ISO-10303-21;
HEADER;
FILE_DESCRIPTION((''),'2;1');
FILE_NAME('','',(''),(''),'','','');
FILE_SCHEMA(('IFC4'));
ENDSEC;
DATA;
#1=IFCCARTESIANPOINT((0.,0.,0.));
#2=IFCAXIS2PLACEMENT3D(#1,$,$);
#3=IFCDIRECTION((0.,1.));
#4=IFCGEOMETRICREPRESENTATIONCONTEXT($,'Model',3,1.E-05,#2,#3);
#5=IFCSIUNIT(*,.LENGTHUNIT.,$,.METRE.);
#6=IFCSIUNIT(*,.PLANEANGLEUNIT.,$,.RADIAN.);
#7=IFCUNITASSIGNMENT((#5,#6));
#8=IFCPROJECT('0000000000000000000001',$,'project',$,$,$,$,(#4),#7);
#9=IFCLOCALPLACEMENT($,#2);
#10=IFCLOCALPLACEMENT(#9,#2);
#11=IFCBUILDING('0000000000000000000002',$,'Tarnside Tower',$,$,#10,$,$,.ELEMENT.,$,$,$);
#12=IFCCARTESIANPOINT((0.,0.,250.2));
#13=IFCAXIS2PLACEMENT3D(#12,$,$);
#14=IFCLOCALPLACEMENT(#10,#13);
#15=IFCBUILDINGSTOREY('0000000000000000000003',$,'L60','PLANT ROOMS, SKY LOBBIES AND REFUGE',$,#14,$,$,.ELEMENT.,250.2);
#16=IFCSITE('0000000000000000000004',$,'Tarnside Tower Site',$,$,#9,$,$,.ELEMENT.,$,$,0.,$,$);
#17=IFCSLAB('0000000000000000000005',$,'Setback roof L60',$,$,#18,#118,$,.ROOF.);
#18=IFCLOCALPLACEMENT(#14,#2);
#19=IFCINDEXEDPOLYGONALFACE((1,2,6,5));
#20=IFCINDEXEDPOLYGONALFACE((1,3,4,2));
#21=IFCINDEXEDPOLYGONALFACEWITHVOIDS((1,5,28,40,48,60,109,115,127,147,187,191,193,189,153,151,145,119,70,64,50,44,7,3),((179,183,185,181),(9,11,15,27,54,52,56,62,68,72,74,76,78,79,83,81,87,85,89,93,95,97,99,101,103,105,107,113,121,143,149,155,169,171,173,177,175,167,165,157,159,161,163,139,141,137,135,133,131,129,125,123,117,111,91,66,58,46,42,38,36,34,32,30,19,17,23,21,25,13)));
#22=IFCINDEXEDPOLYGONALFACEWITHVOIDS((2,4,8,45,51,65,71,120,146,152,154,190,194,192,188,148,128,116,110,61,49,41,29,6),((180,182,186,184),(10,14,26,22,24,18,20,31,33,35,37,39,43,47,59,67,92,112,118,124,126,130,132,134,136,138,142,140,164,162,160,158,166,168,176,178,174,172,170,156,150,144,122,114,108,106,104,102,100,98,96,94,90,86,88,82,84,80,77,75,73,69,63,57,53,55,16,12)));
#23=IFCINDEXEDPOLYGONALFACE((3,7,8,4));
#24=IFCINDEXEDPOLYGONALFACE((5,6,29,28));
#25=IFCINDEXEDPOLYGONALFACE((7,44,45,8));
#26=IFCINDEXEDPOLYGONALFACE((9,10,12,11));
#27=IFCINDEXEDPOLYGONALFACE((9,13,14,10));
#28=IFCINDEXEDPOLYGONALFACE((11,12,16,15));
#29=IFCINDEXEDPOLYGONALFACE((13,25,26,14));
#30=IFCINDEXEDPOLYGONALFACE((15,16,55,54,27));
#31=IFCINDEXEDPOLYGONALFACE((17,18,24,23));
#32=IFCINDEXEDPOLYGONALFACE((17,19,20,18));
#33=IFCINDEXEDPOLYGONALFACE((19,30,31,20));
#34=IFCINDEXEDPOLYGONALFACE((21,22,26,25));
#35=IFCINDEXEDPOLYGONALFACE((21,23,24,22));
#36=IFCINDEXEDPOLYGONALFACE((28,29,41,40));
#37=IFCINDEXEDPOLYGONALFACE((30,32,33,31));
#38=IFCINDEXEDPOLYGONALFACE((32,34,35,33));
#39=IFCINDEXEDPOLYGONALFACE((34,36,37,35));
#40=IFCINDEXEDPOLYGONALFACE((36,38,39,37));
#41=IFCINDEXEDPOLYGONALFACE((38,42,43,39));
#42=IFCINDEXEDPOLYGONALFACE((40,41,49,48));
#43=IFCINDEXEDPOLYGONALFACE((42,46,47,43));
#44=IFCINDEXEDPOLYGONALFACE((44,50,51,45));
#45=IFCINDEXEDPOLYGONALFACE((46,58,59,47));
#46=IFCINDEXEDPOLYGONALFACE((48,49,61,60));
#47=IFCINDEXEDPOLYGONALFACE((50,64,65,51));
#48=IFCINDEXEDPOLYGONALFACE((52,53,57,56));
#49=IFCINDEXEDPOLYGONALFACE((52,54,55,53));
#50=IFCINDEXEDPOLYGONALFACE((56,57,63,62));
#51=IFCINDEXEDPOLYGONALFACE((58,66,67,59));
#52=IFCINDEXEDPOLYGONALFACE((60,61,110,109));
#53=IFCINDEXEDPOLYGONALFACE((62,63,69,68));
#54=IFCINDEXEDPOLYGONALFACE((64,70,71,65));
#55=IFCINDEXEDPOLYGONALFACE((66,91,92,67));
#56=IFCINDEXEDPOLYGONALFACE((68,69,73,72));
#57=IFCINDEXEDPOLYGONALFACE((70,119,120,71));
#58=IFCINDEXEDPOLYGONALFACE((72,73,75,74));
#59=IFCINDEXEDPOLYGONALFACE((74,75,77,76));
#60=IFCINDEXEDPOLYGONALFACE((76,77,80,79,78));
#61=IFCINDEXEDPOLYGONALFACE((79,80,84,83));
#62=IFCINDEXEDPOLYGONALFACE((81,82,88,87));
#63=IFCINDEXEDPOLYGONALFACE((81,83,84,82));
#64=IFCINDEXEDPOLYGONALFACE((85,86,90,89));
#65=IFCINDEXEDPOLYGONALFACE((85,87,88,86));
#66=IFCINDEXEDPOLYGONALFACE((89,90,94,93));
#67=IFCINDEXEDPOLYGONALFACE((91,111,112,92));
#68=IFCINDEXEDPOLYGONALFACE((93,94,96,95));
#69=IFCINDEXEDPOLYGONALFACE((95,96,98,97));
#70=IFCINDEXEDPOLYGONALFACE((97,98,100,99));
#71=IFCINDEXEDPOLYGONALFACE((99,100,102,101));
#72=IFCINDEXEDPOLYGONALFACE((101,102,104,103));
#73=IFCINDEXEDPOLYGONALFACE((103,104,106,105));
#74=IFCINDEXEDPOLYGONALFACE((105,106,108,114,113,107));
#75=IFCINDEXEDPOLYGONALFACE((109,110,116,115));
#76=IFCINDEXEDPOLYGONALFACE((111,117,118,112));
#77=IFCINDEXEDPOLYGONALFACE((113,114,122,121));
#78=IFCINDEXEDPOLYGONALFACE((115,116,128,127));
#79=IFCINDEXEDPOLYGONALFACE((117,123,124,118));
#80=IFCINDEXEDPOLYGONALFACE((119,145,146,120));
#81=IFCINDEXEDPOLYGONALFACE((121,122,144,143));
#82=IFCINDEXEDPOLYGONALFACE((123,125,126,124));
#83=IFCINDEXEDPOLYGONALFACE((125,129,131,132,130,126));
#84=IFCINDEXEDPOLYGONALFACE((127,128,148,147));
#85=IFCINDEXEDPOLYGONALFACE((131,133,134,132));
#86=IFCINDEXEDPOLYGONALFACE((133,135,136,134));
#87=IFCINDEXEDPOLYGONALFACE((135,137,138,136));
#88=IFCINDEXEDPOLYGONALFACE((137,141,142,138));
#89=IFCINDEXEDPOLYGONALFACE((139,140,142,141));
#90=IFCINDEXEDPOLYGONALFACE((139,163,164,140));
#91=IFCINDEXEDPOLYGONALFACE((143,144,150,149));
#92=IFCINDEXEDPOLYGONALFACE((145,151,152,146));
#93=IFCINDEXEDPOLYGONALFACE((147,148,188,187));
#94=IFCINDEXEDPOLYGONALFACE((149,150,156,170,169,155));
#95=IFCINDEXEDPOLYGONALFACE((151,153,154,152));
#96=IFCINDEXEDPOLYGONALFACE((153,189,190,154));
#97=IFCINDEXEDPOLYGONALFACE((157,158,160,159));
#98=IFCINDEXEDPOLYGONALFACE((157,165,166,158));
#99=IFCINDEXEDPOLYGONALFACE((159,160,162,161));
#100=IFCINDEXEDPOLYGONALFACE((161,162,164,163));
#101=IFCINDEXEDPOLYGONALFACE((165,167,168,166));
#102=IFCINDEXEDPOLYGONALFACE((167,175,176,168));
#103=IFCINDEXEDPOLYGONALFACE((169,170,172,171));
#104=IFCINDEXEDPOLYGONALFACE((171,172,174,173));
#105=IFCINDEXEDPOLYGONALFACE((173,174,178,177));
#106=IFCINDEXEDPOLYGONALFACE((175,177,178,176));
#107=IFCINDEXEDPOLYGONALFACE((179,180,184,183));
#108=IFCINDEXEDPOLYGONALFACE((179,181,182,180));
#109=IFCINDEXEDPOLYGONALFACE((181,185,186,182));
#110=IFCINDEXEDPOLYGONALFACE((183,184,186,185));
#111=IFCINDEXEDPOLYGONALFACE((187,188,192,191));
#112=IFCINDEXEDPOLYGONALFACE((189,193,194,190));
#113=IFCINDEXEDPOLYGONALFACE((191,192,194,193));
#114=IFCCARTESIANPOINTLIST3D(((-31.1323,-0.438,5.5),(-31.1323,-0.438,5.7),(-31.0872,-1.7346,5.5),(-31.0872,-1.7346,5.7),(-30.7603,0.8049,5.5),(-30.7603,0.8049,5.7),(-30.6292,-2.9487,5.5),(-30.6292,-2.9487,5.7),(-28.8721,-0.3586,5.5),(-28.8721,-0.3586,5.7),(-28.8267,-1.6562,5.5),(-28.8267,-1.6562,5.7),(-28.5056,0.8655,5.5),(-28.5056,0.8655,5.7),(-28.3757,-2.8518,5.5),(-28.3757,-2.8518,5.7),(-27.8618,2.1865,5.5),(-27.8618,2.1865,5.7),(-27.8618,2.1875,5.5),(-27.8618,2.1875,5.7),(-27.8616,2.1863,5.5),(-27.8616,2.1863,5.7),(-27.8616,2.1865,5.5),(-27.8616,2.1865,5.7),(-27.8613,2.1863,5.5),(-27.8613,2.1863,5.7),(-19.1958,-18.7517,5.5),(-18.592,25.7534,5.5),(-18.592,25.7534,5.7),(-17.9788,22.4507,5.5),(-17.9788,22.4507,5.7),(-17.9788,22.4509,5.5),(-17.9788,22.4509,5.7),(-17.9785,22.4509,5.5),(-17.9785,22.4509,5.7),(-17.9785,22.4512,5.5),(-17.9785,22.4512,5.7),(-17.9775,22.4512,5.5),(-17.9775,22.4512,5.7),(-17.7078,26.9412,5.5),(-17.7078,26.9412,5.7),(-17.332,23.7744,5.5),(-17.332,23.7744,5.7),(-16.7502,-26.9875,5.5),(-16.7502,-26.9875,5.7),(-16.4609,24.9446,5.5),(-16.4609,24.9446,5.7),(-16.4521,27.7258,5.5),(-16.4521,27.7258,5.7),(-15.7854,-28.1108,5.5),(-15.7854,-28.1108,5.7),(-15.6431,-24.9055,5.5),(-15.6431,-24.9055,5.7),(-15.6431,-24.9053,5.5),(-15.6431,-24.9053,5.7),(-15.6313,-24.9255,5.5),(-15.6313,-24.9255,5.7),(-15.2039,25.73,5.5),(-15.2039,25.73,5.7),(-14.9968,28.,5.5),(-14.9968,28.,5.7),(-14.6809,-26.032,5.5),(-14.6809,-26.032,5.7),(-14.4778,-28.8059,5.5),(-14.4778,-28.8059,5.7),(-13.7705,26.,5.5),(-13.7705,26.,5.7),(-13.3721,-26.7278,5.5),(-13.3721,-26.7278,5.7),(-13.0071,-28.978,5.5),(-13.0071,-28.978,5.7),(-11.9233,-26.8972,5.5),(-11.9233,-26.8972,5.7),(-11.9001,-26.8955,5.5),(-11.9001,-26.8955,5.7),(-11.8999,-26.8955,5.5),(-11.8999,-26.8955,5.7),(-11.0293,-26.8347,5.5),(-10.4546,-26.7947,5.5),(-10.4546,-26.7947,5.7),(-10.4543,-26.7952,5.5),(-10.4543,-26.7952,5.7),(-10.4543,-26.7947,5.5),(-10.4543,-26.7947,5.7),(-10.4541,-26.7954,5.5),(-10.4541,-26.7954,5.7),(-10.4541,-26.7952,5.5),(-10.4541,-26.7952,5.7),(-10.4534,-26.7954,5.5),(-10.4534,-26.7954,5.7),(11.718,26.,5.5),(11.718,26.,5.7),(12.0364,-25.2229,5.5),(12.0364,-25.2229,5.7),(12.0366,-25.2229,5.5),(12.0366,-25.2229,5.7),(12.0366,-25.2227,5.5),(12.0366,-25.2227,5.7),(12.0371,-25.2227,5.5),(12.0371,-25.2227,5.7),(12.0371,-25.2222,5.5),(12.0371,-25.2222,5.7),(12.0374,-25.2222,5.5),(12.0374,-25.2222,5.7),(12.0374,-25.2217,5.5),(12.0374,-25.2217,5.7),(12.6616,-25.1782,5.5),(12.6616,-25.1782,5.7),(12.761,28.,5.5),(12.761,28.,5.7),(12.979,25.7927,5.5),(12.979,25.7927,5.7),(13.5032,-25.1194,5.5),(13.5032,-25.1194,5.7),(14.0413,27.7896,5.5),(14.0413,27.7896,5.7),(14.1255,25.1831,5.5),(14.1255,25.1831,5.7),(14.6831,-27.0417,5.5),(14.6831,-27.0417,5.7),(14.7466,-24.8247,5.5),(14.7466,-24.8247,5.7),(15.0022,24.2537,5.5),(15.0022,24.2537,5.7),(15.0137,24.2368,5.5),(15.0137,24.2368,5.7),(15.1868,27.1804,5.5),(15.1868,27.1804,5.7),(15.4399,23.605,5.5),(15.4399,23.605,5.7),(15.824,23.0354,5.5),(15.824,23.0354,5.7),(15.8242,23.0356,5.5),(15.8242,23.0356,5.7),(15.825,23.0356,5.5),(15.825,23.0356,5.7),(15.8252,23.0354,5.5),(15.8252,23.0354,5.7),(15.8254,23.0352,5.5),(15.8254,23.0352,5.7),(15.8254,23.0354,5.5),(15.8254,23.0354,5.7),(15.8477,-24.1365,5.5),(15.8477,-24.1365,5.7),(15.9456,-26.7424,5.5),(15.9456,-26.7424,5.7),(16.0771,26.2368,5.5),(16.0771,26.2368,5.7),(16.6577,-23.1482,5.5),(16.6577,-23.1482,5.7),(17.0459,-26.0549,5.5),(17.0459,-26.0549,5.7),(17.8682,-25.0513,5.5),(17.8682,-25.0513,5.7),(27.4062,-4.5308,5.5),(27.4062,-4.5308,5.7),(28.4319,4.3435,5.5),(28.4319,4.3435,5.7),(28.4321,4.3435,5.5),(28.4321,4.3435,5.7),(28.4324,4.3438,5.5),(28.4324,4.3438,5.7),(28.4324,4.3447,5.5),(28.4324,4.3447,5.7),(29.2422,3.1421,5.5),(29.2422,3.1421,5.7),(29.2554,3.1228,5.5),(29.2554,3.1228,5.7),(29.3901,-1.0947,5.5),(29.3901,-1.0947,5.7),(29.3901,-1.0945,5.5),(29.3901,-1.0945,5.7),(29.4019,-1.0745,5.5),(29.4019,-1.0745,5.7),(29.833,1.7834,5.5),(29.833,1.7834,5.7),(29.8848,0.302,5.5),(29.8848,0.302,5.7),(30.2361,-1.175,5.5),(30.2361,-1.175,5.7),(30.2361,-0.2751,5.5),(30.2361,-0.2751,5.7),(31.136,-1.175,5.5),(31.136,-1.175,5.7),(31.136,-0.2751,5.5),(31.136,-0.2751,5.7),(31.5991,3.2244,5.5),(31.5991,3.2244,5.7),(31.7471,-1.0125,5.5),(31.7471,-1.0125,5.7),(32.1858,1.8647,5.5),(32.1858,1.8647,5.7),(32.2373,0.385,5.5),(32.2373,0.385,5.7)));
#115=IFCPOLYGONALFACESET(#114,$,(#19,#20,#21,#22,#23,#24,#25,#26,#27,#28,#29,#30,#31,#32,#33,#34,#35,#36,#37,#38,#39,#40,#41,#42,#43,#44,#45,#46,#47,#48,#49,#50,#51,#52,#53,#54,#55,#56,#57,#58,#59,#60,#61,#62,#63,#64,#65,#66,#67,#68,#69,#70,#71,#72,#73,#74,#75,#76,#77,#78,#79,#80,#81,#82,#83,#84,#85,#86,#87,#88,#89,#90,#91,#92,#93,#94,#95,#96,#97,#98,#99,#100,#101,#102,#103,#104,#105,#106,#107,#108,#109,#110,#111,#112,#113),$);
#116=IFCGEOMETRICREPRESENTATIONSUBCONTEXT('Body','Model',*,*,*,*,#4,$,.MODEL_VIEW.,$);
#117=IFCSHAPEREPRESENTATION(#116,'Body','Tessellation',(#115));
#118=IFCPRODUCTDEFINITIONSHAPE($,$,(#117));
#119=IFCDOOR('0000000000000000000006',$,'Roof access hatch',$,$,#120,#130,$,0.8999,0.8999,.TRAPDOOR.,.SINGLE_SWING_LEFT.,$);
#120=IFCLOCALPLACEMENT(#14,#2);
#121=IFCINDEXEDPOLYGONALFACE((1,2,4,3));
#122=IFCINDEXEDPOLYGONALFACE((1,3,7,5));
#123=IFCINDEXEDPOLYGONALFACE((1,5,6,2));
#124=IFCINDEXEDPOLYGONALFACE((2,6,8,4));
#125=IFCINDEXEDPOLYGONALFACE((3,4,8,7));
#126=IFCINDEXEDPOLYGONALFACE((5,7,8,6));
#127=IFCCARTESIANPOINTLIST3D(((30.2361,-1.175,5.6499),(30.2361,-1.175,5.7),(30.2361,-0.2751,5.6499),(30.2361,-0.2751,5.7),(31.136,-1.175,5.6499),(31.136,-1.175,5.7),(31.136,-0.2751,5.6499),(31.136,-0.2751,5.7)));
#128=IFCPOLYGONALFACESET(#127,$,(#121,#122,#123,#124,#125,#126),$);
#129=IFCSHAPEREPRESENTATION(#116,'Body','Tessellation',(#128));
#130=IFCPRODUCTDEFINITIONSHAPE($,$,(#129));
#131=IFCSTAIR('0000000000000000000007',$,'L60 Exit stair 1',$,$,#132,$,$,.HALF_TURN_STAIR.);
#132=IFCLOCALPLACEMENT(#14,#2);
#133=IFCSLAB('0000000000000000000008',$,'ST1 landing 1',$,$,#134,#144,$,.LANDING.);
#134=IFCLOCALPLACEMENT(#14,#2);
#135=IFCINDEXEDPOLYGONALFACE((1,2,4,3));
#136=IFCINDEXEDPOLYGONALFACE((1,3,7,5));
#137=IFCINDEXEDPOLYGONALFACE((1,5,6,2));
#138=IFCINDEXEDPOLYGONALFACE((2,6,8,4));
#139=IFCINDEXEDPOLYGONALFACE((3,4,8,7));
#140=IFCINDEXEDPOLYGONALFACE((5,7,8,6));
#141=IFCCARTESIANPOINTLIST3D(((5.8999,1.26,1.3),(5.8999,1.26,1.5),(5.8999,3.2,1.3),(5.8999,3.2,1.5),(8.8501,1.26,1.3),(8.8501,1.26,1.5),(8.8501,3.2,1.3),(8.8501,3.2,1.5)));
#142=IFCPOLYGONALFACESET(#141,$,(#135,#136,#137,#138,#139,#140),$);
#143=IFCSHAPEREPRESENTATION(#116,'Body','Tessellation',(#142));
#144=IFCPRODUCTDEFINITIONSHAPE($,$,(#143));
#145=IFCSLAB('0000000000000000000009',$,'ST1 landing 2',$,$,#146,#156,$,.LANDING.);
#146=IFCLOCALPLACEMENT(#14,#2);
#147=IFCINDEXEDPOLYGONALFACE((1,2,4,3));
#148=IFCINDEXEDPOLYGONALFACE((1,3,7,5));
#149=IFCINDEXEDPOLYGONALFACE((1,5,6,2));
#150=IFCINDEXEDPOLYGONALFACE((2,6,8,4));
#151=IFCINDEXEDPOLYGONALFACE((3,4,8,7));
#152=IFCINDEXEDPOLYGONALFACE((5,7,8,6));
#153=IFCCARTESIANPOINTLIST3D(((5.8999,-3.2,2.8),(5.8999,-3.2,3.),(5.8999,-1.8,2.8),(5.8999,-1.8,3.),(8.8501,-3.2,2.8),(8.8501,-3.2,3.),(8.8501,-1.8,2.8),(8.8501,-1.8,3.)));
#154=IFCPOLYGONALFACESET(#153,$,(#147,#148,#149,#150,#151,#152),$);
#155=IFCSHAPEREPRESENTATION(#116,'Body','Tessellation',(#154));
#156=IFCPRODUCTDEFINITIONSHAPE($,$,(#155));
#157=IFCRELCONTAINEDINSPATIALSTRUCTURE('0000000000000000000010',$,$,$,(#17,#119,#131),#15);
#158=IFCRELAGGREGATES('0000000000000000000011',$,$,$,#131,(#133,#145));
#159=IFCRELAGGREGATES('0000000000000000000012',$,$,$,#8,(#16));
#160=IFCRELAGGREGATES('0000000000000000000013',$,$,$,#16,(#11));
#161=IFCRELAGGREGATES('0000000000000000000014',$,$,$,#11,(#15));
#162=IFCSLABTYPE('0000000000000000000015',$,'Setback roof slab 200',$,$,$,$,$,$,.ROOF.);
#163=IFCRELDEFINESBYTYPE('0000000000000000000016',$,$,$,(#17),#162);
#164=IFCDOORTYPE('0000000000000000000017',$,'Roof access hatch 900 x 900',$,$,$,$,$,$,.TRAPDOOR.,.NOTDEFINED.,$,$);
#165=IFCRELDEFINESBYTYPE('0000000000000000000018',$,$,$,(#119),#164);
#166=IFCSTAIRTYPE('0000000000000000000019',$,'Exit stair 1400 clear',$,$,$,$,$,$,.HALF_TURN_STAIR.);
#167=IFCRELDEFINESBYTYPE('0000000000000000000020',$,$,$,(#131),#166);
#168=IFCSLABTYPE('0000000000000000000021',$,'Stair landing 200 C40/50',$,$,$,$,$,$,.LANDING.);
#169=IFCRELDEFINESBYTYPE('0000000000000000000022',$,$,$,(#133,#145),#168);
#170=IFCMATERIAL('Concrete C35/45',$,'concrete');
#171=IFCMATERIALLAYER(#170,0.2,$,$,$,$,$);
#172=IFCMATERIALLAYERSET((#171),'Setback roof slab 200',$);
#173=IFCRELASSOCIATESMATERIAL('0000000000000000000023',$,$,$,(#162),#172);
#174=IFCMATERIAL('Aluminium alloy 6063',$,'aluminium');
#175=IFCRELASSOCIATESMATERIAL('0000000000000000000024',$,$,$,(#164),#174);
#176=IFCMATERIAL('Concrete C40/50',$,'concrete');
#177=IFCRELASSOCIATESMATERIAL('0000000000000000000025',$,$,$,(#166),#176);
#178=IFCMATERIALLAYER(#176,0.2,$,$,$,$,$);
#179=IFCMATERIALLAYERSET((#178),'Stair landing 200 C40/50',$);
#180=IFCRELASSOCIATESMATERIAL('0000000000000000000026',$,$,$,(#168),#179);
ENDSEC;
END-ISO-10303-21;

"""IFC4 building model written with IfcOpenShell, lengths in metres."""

from ifc_helpers import new_model, si_unit, direction, frame, origin, origin_2d, place, context, subcontext, project, spatial, polyline, rectangle, outline, extrude, material, layer, layer_set, type_object, element, fill, aggregate, save


model = new_model("IFC4")

# Units and contexts
model_context = context("Model", 3, precision=1e-05, world=origin(), true_north=direction((0.0, 1.0)))
body_context = subcontext(model_context, "Body", "Model", "MODEL_VIEW")
ifc_project = project(units=[si_unit("LENGTHUNIT", "METRE"), si_unit("PLANEANGLEUNIT", "RADIAN")], contexts=[model_context])

# Site, building, storey
site_placement = place(None, origin())
site = spatial("IfcSite", under=ifc_project, at=site_placement, Name="Tarnside Tower Site", CompositionType="ELEMENT", RefElevation=0.0)
building_placement = place(site_placement, origin())
building = spatial("IfcBuilding", under=site, at=building_placement, Name="Tarnside Tower", CompositionType="ELEMENT")
storey_placement = place(building_placement, frame((0.0, 0.0, 250.2)))
storey = spatial("IfcBuildingStorey", under=building, at=storey_placement, Name="L60", Description="PLANT ROOMS, SKY LOBBIES AND REFUGE", CompositionType="ELEMENT", Elevation=250.2)

# Shared definitions
ifc_material_1 = material(Name="Concrete C35/45", Category="concrete")
ifc_material_2 = material(Name="Concrete C40/50", Category="concrete")

# Slab, opening, door
ifc_layer_1 = layer(ifc_material_1, 0.2)
ifc_layer_set_1 = layer_set([ifc_layer_1], Name="Setback roof slab 200")
slab_type_1 = type_object("IfcSlabType", Name="Setback roof slab 200", PredefinedType="ROOF", material=ifc_layer_set_1)
slab_1_placement = place(storey_placement, frame((0.0, 0.0, 5.5)))
slab_1 = element("IfcSlab", 1, at=slab_1_placement, inside=storey, type_object=slab_type_1, Name="Setback roof L60", PredefinedType="ROOF", context=body_context, shape_type="SweptSolid", body=[
    extrude(outline(polyline([(15.1868, 27.1804), (16.0771, 26.2368), (31.5991, 3.2244), (32.1858, 1.8647), (32.2373, 0.385), (31.7471, -1.0125), (17.8682, -25.0513), (17.0459, -26.0549), (15.9456, -26.7424), (14.6831, -27.0417), (-13.0071, -28.978), (-14.4778, -28.8059), (-15.7854, -28.1108), (-16.7502, -26.9875), (-30.6292, -2.9487), (-31.0872, -1.7346), (-31.1323, -0.438), (-30.7603, 0.8049), (-18.592, 25.7534), (-17.7078, 26.9412), (-16.4521, 27.7258), (-14.9968, 28.0), (12.761, 28.0), (14.0413, 27.7896), (15.1868, 27.1804)]), holes=[polyline([(11.718, 26.0), (11.6975, 26.0), (-13.7471, 26.0), (-13.7705, 26.0), (-15.2039, 25.73), (-16.4609, 24.9446), (-17.332, 23.7744), (-17.6292, 23.1653), (-17.9775, 22.4512), (-17.9775, 22.4512), (-17.9778, 22.4512), (-17.9778, 22.4512), (-17.9778, 22.4512), (-17.978, 22.4512), (-17.978, 22.4512), (-17.9783, 22.4512), (-17.9783, 22.4512), (-17.9783, 22.4512), (-17.9785, 22.4512), (-17.9785, 22.4509), (-17.9785, 22.4509), (-17.9788, 22.4509), (-17.9788, 22.4509), (-17.9788, 22.4507), (-17.9788, 22.4507), (-27.8618, 2.1875), (-27.8618, 2.1875), (-27.8618, 2.1875), (-27.8618, 2.1873), (-27.8618, 2.1873), (-27.8618, 2.187), (-27.8618, 2.187), (-27.8618, 2.187), (-27.8618, 2.1868), (-27.8618, 2.1868), (-27.8618, 2.1868), (-27.8618, 2.1865), (-27.8616, 2.1865), (-27.8616, 2.1865), (-27.8616, 2.1863), (-27.8613, 2.1863), (-27.8613, 2.1863), (-28.5056, 0.8655), (-28.8721, -0.3586), (-28.8267, -1.6562), (-28.3757, -2.8518), (-19.1958, -18.7517), (-15.6431, -24.9053), (-15.6431, -24.9055), (-15.6313, -24.9255), (-14.6809, -26.032), (-13.3721, -26.7278), (-11.9233, -26.8972), (-11.9001, -26.8955), (-11.8999, -26.8955), (-11.0293, -26.8347), (-10.4546, -26.7947), (-10.4546, -26.7947), (-10.4543, -26.7947), (-10.4543, -26.7949), (-10.4543, -26.7949), (-10.4543, -26.7949), (-10.4543, -26.7952), (-10.4543, -26.7952), (-10.4541, -26.7952), (-10.4541, -26.7952), (-10.4541, -26.7954), (-10.4539, -26.7954), (-10.4539, -26.7954), (-10.4536, -26.7954), (-10.4536, -26.7954), (-10.4536, -26.7954), (-10.4534, -26.7954), (12.0364, -25.2229), (12.0364, -25.2229), (12.0366, -25.2229), (12.0366, -25.2227), (12.0369, -25.2227), (12.0369, -25.2227), (12.0369, -25.2227), (12.0371, -25.2227), (12.0371, -25.2224), (12.0371, -25.2224), (12.0371, -25.2224), (12.0371, -25.2222), (12.0374, -25.2222), (12.0374, -25.2222), (12.0374, -25.2219), (12.0374, -25.2219), (12.0374, -25.2217), (12.6616, -25.1782), (13.5032, -25.1194), (14.7466, -24.8247), (15.8477, -24.1365), (16.6577, -23.1482), (27.4062, -4.5308), (29.3901, -1.0947), (29.3901, -1.0945), (29.4019, -1.0745), (29.8848, 0.302), (29.833, 1.7834), (29.2554, 3.1228), (29.2422, 3.1421), (29.2422, 3.1421), (28.4319, 4.3435), (28.4321, 4.3435), (28.4321, 4.3435), (28.4321, 4.3435), (28.4324, 4.3438), (28.4324, 4.3438), (28.4324, 4.3438), (28.4324, 4.344), (28.4324, 4.344), (28.4324, 4.3442), (28.4324, 4.3442), (28.4324, 4.3442), (28.4324, 4.3445), (28.4324, 4.3445), (28.4324, 4.3447), (28.4324, 4.3447), (28.4324, 4.3447), (15.8254, 23.0352), (15.8254, 23.0354), (15.8252, 23.0354), (15.8252, 23.0354), (15.8252, 23.0354), (15.825, 23.0356), (15.825, 23.0356), (15.825, 23.0356), (15.8247, 23.0356), (15.8247, 23.0356), (15.8245, 23.0356), (15.8245, 23.0356), (15.8245, 23.0356), (15.8242, 23.0356), (15.8242, 23.0356), (15.8242, 23.0356), (15.824, 23.0354), (15.4399, 23.605), (15.0137, 24.2368), (15.0137, 24.2368), (15.0022, 24.2537), (14.1255, 25.1831), (12.979, 25.7927), (11.718, 26.0)])]), origin(), (0.0, 0.0, 1.0), 0.2),
])
opening_1_placement = place(slab_1_placement, frame((30.686, -0.7251, 0.0)))
opening_1 = element("IfcOpeningElement", 2, at=opening_1_placement, cuts=slab_1, PredefinedType="OPENING", context=body_context, shape_type="SweptSolid", body=[
    extrude(rectangle(XDim=0.8999, YDim=0.8999, at=origin_2d()), origin(), (0.0, 0.0, 1.0), 0.2),
])
ifc_material_3 = material(Name="Aluminium alloy 6063", Category="aluminium")
door_type_1 = type_object("IfcDoorType", Name="Roof access hatch 900 x 900", OperationType="NOTDEFINED", PredefinedType="TRAPDOOR", material=ifc_material_3)
door_1_placement = place(opening_1_placement, frame((0.0, 0.0, 0.1499)))
door_1 = element("IfcDoor", 3, at=door_1_placement, inside=storey, type_object=door_type_1, Name="Roof access hatch", OperationType="SINGLE_SWING_LEFT", OverallHeight=0.8999, OverallWidth=0.8999, PredefinedType="TRAPDOOR", context=body_context, shape_type="SweptSolid", body=[
    extrude(rectangle(XDim=0.8999, YDim=0.8999, at=origin_2d()), origin(), (0.0, 0.0, 1.0), 0.05),
])
fill(opening_1, door_1)

# Stair, slabs
stair_type = type_object("IfcStairType", Name="Exit stair 1400 clear", PredefinedType="HALF_TURN_STAIR", material=ifc_material_2)
stair_1_placement = place(storey_placement, origin())
stair_1 = element("IfcStair", 4, at=stair_1_placement, inside=storey, type_object=stair_type, Name="L60 Exit stair 1", PredefinedType="HALF_TURN_STAIR")
ifc_layer_2 = layer(ifc_material_2, 0.2)
ifc_layer_set_2 = layer_set([ifc_layer_2], Name="Stair landing 200 C40/50")
slab_type_2 = type_object("IfcSlabType", Name="Stair landing 200 C40/50", PredefinedType="LANDING", material=ifc_layer_set_2)
slab_2_placement = place(storey_placement, frame((0.0, 0.0, 1.3)))
slab_2 = element("IfcSlab", 5, at=slab_2_placement, type_object=slab_type_2, Name="ST1 landing 1", PredefinedType="LANDING", context=body_context, shape_type="SweptSolid", body=[
    extrude(outline(polyline([(8.8501, 1.26), (8.8501, 3.2), (5.8999, 3.2), (5.8999, 1.26), (8.8501, 1.26)])), origin(), (0.0, 0.0, 1.0), 0.2),
])
slab_3_placement = place(storey_placement, frame((0.0, 0.0, 2.8)))
slab_3 = element("IfcSlab", 6, at=slab_3_placement, type_object=slab_type_2, Name="ST1 landing 2", PredefinedType="LANDING", context=body_context, shape_type="SweptSolid", body=[
    extrude(outline(polyline([(8.8501, -3.2), (8.8501, -1.8), (5.8999, -1.8), (5.8999, -3.2), (8.8501, -3.2)])), origin(), (0.0, 0.0, 1.0), 0.2),
])
aggregate(stair_1, [slab_2, slab_3])

save(model, "model.ifc")
